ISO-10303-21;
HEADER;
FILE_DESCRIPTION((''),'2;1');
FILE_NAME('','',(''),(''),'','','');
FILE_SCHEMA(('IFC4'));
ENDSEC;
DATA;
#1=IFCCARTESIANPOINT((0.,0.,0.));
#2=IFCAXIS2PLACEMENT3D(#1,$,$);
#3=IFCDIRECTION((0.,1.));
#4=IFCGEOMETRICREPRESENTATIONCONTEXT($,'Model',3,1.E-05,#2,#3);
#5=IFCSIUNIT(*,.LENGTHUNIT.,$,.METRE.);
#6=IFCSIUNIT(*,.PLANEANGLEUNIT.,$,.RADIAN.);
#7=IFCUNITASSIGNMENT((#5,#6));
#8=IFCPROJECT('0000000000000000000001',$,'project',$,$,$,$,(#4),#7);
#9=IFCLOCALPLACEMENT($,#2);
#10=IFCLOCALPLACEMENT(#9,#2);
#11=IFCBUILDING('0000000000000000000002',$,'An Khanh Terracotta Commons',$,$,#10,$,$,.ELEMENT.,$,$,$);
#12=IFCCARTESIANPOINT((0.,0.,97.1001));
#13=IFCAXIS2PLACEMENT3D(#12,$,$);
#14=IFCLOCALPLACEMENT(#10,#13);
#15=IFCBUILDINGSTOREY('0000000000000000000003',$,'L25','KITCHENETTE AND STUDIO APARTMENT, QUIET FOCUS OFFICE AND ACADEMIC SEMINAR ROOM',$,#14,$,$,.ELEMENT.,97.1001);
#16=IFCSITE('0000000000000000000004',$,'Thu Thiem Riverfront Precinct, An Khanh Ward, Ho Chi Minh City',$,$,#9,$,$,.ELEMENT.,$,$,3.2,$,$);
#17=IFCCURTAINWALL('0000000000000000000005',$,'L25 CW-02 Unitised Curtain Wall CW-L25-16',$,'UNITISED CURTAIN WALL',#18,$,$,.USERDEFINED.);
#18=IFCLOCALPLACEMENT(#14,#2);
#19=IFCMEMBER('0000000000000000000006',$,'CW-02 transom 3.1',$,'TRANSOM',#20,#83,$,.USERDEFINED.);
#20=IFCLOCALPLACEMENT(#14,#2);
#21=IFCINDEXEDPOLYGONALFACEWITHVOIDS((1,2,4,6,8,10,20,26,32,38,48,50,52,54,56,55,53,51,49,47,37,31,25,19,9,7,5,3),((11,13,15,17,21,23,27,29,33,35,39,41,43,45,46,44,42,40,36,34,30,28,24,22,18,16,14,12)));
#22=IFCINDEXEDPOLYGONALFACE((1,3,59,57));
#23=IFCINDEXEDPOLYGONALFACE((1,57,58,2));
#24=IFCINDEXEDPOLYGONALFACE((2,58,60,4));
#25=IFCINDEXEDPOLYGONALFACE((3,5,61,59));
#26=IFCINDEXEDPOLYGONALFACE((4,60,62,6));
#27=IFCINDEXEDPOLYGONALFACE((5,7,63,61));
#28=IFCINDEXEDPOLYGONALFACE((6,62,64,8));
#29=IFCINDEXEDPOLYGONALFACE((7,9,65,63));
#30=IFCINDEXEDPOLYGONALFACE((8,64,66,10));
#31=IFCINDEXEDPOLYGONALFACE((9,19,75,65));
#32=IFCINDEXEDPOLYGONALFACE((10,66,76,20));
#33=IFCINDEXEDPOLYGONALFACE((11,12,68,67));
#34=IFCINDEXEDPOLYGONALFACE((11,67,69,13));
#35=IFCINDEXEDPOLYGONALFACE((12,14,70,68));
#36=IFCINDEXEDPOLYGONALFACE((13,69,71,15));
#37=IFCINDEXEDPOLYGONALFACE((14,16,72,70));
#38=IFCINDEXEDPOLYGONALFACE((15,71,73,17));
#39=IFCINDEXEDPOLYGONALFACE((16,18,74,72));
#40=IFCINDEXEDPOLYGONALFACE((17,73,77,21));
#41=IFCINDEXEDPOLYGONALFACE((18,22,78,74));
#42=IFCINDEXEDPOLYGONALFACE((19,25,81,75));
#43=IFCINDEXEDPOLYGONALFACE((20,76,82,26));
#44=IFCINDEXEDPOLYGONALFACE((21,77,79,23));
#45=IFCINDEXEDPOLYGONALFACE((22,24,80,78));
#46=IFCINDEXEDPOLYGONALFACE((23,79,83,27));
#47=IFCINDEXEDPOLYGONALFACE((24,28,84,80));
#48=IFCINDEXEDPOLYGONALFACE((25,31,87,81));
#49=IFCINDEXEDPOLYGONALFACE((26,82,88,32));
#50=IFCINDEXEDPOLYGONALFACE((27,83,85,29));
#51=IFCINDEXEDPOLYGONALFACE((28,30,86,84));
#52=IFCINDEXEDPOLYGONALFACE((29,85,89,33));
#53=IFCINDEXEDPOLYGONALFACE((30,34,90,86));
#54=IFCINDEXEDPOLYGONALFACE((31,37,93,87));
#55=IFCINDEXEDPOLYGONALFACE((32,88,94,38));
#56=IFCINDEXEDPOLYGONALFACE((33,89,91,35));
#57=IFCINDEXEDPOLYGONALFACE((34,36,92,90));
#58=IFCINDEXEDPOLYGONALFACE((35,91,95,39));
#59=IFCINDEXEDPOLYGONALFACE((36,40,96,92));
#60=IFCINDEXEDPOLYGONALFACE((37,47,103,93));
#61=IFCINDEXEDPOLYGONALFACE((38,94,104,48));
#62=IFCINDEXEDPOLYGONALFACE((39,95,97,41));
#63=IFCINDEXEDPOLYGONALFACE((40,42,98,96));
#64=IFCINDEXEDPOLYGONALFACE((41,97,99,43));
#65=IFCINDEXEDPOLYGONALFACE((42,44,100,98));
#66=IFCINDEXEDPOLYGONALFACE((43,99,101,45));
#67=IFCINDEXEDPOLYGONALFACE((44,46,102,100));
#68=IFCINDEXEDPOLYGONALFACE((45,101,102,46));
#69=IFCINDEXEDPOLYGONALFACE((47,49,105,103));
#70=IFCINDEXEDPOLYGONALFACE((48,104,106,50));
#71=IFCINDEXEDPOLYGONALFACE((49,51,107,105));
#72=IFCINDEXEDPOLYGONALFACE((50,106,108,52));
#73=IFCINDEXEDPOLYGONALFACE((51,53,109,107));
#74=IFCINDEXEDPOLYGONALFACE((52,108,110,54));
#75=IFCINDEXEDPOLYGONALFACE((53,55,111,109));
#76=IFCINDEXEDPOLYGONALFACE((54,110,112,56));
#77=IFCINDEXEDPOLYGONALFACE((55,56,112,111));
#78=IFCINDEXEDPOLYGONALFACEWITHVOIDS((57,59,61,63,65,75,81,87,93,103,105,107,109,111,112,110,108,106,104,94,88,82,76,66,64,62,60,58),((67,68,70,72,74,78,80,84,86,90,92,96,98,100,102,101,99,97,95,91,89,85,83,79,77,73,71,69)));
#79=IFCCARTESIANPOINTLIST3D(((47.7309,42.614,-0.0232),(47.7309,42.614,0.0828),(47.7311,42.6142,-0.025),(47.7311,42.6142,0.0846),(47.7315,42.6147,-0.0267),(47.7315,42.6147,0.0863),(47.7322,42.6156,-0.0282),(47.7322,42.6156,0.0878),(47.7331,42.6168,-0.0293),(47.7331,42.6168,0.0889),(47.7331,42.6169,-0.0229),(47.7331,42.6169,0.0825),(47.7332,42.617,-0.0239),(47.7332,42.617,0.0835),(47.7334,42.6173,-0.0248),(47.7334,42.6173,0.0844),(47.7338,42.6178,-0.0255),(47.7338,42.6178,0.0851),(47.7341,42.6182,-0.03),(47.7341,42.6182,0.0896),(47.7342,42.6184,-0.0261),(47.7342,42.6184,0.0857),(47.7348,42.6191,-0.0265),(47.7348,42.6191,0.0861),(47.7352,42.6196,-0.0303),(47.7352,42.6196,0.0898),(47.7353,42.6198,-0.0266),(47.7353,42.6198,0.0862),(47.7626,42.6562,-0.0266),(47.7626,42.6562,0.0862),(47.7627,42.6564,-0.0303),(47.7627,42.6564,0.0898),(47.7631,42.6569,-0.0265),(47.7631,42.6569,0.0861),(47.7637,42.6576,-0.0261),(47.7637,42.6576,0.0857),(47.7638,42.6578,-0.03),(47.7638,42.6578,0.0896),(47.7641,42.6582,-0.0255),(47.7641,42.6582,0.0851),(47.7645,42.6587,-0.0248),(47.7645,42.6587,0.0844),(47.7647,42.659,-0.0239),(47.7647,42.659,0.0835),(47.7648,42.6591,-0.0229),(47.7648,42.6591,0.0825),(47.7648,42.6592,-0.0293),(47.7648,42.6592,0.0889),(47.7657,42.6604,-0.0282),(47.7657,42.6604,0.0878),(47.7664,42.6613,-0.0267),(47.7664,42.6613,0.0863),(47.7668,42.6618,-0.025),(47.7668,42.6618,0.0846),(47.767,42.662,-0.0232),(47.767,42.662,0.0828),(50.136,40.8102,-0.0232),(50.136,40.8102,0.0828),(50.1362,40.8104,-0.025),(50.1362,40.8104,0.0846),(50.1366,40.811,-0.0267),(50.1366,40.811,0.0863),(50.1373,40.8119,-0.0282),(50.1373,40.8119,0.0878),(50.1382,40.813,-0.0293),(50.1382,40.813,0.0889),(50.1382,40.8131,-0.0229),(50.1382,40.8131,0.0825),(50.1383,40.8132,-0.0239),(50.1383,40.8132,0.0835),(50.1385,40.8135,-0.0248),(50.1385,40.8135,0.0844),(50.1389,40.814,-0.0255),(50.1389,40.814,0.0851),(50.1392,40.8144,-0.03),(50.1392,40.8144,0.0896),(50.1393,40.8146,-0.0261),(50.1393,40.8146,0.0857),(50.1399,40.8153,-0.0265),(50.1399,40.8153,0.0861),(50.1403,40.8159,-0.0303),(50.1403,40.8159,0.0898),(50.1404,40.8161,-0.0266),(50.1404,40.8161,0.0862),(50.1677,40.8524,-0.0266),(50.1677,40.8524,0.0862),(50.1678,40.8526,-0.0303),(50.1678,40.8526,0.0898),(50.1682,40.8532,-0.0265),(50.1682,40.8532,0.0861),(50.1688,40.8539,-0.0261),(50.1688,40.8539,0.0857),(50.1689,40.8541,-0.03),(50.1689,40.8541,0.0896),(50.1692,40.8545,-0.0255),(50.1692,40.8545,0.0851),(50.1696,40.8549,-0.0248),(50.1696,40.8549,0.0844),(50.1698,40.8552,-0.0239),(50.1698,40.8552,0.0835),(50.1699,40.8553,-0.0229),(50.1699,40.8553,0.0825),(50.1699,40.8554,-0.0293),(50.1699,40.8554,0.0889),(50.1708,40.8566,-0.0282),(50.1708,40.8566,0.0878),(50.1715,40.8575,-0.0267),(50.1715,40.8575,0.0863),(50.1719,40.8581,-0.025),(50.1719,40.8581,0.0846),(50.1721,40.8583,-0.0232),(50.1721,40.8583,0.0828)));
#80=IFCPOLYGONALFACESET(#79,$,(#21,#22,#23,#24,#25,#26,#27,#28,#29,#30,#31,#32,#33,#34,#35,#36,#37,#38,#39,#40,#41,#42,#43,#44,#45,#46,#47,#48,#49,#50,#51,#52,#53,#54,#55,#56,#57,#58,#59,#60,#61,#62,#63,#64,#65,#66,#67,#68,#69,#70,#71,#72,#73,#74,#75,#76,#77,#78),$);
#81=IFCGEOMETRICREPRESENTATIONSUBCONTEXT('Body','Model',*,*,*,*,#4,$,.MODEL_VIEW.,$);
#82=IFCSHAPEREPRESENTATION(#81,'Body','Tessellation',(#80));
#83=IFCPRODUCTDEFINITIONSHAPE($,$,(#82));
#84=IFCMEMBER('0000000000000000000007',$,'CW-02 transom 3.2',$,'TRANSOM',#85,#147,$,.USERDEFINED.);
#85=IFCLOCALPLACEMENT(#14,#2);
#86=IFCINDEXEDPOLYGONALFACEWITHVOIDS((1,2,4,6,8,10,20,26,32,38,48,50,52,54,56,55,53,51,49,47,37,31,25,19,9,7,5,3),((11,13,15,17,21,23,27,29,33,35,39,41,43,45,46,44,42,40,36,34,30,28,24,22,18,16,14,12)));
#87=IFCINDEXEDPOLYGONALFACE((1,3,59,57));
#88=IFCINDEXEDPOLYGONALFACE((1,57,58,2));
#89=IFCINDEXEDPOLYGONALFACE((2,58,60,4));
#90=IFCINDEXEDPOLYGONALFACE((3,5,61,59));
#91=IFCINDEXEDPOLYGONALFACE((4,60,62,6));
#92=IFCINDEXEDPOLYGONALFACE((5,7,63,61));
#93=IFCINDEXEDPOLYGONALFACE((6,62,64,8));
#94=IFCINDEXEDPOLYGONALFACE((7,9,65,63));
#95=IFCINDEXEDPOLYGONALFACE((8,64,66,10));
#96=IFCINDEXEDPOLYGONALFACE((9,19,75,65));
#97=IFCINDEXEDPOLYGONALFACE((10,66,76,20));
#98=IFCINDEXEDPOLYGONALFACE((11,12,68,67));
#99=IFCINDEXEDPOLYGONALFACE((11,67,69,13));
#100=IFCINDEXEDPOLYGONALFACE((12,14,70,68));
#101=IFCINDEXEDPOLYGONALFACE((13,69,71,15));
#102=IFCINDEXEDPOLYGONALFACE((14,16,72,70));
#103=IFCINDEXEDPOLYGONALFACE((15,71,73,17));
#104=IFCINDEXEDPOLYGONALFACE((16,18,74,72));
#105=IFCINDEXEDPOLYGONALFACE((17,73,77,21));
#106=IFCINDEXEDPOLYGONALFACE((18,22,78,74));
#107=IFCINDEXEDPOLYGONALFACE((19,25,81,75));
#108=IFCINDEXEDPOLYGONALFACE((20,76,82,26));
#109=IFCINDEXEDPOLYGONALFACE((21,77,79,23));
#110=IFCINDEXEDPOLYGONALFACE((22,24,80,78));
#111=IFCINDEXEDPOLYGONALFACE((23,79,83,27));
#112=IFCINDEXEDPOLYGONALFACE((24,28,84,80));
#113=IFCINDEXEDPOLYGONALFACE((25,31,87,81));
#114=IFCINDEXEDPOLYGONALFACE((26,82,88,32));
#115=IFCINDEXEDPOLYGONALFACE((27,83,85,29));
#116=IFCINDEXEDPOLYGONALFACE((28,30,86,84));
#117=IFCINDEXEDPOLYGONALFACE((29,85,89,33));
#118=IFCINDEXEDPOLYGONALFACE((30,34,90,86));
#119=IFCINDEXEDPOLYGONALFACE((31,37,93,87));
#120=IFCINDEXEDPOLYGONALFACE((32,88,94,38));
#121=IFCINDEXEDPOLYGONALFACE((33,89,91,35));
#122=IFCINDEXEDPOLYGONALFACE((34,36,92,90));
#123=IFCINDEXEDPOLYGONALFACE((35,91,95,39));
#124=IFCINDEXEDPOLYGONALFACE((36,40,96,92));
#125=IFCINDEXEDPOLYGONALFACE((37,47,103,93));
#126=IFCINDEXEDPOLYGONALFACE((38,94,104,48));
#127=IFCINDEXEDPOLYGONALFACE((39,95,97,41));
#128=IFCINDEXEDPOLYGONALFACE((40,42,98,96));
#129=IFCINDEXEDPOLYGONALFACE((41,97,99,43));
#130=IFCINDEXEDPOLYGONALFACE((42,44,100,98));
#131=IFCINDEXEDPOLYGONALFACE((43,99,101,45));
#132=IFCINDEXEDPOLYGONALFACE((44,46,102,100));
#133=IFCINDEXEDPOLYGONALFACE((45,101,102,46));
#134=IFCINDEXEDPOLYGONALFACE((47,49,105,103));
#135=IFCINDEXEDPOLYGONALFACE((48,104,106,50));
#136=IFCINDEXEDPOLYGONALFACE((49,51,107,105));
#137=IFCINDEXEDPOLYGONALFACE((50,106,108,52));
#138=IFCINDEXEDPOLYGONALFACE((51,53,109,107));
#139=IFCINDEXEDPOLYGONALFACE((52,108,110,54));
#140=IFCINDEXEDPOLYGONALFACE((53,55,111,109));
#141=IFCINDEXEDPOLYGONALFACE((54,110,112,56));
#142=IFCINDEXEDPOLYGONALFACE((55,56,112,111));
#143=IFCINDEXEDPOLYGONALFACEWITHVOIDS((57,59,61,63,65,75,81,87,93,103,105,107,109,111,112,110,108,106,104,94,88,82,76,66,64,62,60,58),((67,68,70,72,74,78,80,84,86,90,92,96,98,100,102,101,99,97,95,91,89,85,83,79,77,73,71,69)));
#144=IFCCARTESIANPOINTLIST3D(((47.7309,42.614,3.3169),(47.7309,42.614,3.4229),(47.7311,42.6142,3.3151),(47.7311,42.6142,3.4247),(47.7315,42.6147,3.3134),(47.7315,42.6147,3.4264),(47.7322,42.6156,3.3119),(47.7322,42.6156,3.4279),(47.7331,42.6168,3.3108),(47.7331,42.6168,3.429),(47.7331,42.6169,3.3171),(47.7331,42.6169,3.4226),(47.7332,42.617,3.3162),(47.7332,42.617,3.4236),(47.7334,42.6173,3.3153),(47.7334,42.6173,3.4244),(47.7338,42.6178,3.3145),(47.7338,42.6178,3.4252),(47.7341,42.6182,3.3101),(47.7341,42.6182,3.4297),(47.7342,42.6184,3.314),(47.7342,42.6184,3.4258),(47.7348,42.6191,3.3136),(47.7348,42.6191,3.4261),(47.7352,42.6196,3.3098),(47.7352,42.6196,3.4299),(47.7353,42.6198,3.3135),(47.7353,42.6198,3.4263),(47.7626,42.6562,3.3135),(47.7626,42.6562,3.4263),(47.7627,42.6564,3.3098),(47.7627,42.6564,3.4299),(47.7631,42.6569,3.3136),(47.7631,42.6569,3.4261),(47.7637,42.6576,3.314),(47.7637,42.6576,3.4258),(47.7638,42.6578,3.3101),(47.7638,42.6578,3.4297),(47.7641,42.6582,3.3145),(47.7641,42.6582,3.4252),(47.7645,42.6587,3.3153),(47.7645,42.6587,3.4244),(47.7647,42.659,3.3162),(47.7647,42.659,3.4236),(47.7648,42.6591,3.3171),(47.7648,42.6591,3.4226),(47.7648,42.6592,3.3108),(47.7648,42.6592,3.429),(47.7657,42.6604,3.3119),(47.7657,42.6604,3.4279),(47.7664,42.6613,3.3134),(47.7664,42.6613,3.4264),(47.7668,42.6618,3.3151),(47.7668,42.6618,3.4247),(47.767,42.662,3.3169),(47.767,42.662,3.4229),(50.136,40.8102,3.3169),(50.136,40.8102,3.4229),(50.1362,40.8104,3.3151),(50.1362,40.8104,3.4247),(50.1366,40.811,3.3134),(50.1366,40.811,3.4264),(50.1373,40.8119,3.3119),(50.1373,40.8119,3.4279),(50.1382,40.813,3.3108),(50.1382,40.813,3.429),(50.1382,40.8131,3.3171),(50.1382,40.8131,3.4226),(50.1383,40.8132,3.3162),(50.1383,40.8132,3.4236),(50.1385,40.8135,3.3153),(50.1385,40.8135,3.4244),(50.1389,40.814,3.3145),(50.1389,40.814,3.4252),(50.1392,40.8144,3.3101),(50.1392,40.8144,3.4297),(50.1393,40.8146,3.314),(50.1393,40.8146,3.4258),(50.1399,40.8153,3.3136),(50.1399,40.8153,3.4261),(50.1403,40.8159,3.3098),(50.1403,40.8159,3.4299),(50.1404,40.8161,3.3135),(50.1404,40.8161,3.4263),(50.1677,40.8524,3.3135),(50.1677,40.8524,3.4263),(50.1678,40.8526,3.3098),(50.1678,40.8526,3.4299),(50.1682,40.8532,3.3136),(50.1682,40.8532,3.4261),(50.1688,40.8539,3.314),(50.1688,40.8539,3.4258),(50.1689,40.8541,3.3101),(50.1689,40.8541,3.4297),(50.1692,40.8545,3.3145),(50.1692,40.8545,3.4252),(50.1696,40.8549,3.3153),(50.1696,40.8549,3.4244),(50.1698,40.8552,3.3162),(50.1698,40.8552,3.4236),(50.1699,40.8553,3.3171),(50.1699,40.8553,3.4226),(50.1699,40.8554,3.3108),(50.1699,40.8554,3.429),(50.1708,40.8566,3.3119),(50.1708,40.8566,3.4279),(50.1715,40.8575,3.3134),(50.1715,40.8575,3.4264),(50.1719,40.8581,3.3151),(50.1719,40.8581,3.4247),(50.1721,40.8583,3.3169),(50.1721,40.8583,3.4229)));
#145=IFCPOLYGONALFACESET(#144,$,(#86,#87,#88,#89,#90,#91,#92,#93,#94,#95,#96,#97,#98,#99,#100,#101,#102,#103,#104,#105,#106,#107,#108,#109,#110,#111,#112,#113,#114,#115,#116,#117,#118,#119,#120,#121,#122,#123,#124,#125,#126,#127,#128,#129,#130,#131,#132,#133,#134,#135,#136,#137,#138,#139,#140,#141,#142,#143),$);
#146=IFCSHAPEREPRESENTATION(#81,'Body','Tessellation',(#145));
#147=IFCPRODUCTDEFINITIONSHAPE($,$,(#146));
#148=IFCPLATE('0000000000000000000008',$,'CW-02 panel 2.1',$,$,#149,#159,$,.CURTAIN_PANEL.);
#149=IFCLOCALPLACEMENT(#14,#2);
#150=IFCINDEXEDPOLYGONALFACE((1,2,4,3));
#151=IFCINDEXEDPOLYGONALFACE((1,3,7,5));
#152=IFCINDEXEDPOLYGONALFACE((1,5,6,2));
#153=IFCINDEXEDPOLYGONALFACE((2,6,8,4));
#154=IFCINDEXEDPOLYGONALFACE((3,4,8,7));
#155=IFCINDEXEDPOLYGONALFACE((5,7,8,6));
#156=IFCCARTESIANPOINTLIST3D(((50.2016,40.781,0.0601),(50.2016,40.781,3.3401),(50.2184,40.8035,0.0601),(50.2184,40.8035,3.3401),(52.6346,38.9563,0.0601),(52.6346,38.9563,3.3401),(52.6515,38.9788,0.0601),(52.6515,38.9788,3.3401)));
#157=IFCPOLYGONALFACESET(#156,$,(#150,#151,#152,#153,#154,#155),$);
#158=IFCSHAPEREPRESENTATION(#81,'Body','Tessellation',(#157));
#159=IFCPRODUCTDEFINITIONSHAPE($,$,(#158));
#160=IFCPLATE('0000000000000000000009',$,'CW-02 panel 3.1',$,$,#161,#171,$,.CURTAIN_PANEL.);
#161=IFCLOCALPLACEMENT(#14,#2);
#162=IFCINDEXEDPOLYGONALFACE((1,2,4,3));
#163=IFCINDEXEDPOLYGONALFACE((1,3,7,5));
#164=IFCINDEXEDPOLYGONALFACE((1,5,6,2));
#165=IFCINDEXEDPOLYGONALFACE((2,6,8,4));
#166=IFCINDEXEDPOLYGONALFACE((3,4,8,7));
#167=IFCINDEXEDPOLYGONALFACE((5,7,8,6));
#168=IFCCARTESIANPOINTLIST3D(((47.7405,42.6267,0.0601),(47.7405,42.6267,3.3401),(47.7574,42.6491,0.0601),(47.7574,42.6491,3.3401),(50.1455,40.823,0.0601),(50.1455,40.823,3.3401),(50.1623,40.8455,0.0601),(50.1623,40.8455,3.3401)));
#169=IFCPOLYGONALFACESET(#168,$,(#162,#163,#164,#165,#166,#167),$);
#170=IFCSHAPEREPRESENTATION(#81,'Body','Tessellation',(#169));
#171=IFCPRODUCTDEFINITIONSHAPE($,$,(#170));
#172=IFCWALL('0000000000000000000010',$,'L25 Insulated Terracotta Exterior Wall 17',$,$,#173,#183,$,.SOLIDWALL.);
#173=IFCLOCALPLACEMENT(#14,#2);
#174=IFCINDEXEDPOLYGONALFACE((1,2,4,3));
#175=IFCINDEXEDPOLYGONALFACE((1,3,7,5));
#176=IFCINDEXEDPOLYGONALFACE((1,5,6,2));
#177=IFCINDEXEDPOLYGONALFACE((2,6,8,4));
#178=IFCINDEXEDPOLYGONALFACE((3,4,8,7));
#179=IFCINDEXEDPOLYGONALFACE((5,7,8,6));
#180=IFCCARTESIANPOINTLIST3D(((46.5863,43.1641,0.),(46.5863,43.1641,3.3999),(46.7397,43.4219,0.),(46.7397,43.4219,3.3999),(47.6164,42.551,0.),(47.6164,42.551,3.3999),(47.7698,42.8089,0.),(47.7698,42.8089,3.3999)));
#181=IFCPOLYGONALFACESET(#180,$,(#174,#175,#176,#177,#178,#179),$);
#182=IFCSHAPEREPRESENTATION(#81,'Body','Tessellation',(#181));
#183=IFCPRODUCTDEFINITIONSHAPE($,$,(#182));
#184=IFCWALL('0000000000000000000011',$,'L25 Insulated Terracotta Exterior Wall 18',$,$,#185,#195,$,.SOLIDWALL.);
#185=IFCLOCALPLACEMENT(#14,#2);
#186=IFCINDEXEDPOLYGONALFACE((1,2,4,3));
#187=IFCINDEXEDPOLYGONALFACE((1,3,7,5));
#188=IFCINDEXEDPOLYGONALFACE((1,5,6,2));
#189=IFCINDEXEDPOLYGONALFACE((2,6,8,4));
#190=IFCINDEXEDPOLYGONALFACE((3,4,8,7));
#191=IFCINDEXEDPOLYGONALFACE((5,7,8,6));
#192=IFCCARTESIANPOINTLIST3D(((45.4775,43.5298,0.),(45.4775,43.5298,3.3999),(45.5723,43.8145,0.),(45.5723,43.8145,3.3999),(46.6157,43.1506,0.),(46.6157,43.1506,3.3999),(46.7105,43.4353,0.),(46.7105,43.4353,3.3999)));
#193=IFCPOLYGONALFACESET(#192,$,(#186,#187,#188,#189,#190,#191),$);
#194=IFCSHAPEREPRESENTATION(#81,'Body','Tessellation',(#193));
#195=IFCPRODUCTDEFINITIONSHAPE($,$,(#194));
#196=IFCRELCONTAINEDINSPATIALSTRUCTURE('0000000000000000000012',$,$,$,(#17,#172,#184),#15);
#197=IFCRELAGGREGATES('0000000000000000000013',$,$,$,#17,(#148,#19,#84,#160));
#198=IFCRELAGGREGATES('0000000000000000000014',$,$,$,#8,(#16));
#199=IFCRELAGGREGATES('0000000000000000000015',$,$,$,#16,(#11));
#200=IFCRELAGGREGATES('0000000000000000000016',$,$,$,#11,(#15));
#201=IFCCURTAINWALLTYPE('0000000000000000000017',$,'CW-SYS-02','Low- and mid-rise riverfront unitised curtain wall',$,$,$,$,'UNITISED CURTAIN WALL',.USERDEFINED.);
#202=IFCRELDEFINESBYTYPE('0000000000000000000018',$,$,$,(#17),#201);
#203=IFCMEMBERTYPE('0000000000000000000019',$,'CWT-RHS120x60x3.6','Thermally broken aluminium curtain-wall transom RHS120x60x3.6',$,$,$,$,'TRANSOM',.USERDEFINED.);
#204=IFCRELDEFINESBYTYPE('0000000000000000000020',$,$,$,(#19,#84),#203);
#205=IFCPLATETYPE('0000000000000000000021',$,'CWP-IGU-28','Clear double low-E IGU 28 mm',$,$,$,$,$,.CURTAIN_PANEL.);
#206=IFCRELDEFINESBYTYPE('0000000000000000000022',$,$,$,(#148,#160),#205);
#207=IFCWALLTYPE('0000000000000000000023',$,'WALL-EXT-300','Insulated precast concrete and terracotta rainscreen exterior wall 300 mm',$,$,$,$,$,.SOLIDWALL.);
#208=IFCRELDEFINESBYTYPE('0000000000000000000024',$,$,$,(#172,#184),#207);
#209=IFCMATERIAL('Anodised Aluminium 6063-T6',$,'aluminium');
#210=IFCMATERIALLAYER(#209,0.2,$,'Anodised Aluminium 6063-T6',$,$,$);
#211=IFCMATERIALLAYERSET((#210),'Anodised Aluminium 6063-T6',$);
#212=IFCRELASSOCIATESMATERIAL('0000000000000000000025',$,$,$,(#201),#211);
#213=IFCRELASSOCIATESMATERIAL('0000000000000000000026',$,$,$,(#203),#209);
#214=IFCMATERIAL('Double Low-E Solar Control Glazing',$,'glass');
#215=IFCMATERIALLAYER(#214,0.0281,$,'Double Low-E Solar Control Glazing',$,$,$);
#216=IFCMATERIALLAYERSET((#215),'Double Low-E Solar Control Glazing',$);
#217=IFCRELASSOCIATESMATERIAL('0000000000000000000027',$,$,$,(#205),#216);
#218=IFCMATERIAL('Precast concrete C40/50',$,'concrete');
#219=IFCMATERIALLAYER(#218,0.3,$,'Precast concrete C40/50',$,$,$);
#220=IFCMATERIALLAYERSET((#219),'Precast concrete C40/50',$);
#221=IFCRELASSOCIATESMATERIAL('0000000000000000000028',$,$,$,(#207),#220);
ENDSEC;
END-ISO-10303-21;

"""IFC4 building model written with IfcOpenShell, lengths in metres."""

from ifc_helpers import new_model, si_unit, direction, frame, frame_2d, origin, origin_2d, place, context, subcontext, project, spatial, rectangle, hollow_rectangle, extrude, material, layer, layer_set, material_profile, profile_set, type_object, element, aggregate, save


model = new_model("IFC4")

# Units and contexts
model_context = context("Model", 3, precision=1e-05, world=origin(), true_north=direction((0.0, 1.0)))
body_context = subcontext(model_context, "Body", "Model", "MODEL_VIEW")
ifc_project = project(units=[si_unit("LENGTHUNIT", "METRE"), si_unit("PLANEANGLEUNIT", "RADIAN")], contexts=[model_context])

# Site, building, storey
site_placement = place(None, origin())
site = spatial("IfcSite", under=ifc_project, at=site_placement, Name="Thu Thiem Riverfront Precinct, An Khanh Ward, Ho Chi Minh City", CompositionType="ELEMENT", RefElevation=3.2)
building_placement = place(site_placement, origin())
building = spatial("IfcBuilding", under=site, at=building_placement, Name="An Khanh Terracotta Commons", CompositionType="ELEMENT")
storey_placement = place(building_placement, frame((0.0, 0.0, 97.1001)))
storey = spatial("IfcBuildingStorey", under=building, at=storey_placement, Name="L25", Description="KITCHENETTE AND STUDIO APARTMENT, QUIET FOCUS OFFICE AND ACADEMIC SEMINAR ROOM", CompositionType="ELEMENT", Elevation=97.1001)

# Curtain wall, members, plates
ifc_material_1 = material(Name="Anodised Aluminium 6063-T6", Category="aluminium")
ifc_layer_1 = layer(ifc_material_1, 0.2, Name="Anodised Aluminium 6063-T6")
ifc_layer_set_1 = layer_set([ifc_layer_1], Name="Anodised Aluminium 6063-T6")
curtain_wall_type = type_object("IfcCurtainWallType", Name="CW-SYS-02", Description="Low- and mid-rise riverfront unitised curtain wall", ElementType="UNITISED CURTAIN WALL", PredefinedType="USERDEFINED", material=ifc_layer_set_1)
curtain_wall_placement = place(storey_placement, origin())
curtain_wall = element("IfcCurtainWall", 1, at=curtain_wall_placement, inside=storey, type_object=curtain_wall_type, Name="L25 CW-02 Unitised Curtain Wall CW-L25-16", ObjectType="UNITISED CURTAIN WALL", PredefinedType="USERDEFINED")
ifc_material_profile_1 = material_profile(ifc_material_1, hollow_rectangle(XDim=0.0601, YDim=0.1201, WallThickness=0.0037, InnerFilletRadius=0.0037, OuterFilletRadius=0.0071, at=origin_2d()), Name="RHS120x60x3.6")
ifc_profile_set_1 = profile_set([ifc_material_profile_1], Name="Anodised Aluminium 6063-T6")
member_type_1 = type_object("IfcMemberType", Name="CWT-RHS120x60x3.6", Description="Thermally broken aluminium curtain-wall transom RHS120x60x3.6", ElementType="TRANSOM", PredefinedType="USERDEFINED", material=ifc_profile_set_1)
member_1_placement = place(storey_placement, frame((50.1541, 40.8342, 0.0298), z_axis=(-0.80001, 0.599987, 0.0), x_axis=(-0.599987, -0.80001, 0.0)))
member_1 = element("IfcMember", 2, at=member_1_placement, type_object=member_type_1, Name="CW-02 transom 3.1", ObjectType="TRANSOM", PredefinedType="USERDEFINED", context=body_context, shape_type="SweptSolid", body=[
    extrude(hollow_rectangle(XDim=0.0601, YDim=0.1201, WallThickness=0.0037, InnerFilletRadius=0.0037, OuterFilletRadius=0.0071, at=origin_2d()), origin(), (0.0, 0.0, 1.0), 3.0063),
])
member_2_placement = place(storey_placement, frame((50.1541, 40.8342, 3.3699), z_axis=(-0.80001, 0.599987, 0.0), x_axis=(-0.599987, -0.80001, 0.0)))
member_2 = element("IfcMember", 3, at=member_2_placement, type_object=member_type_1, Name="CW-02 transom 3.2", ObjectType="TRANSOM", PredefinedType="USERDEFINED", context=body_context, shape_type="SweptSolid", body=[
    extrude(hollow_rectangle(XDim=0.0601, YDim=0.1201, WallThickness=0.0037, InnerFilletRadius=0.0037, OuterFilletRadius=0.0071, at=origin_2d()), origin(), (0.0, 0.0, 1.0), 3.0063),
])
ifc_material_2 = material(Name="Double Low-E Solar Control Glazing", Category="glass")
ifc_layer_2 = layer(ifc_material_2, 0.0281, Name="Double Low-E Solar Control Glazing")
ifc_layer_set_2 = layer_set([ifc_layer_2], Name="Double Low-E Solar Control Glazing")
plate_type = type_object("IfcPlateType", Name="CWP-IGU-28", Description="Clear double low-E IGU 28 mm", PredefinedType="CURTAIN_PANEL", material=ifc_layer_set_2)
plate_1_placement = place(storey_placement, frame((51.4265, 39.8799, 0.0601), z_axis=(0.0, 0.0, 1.0), x_axis=(-0.800013, 0.599983, 0.0)))
plate_1 = element("IfcPlate", 4, at=plate_1_placement, type_object=plate_type, Name="CW-02 panel 2.1", PredefinedType="CURTAIN_PANEL", context=body_context, shape_type="SweptSolid", body=[
    extrude(rectangle(XDim=3.0413, YDim=0.0281, at=origin_2d()), origin(), (0.0, 0.0, 1.0), 3.28),
])
plate_2_placement = place(storey_placement, frame((48.9514, 41.7361, 0.0601), z_axis=(0.0, 0.0, 1.0), x_axis=(-0.800013, 0.599983, 0.0)))
plate_2 = element("IfcPlate", 5, at=plate_2_placement, type_object=plate_type, Name="CW-02 panel 3.1", PredefinedType="CURTAIN_PANEL", context=body_context, shape_type="SweptSolid", body=[
    extrude(rectangle(XDim=3.0061, YDim=0.0281, at=origin_2d()), origin(), (0.0, 0.0, 1.0), 3.28),
])
aggregate(curtain_wall, [plate_1, member_1, member_2, plate_2])

# Walls
ifc_material_3 = material(Name="Precast concrete C40/50", Category="concrete")
ifc_layer_3 = layer(ifc_material_3, 0.3, Name="Precast concrete C40/50")
ifc_layer_set_3 = layer_set([ifc_layer_3], Name="Precast concrete C40/50")
wall_type_1 = type_object("IfcWallType", Name="WALL-EXT-300", Description="Insulated precast concrete and terracotta rainscreen exterior wall 300 mm", PredefinedType="SOLIDWALL", material=ifc_layer_set_3)
wall_1_placement = place(storey_placement, frame((47.6931, 42.6799, 0.0), z_axis=(0.0, 0.0, 1.0), x_axis=(-0.859321, 0.511437, 0.0)))
element("IfcWall", 6, at=wall_1_placement, inside=storey, type_object=wall_type_1, Name="L25 Insulated Terracotta Exterior Wall 17", PredefinedType="SOLIDWALL", context=body_context, shape_type="SweptSolid", body=[
    extrude(rectangle(XDim=1.1987, YDim=0.3, at=frame_2d((0.5994, 0.0))), origin(), (0.0, 0.0, 1.0), 3.3999),
])
wall_2_placement = place(storey_placement, frame((46.6631, 43.293, 0.0), z_axis=(0.0, 0.0, 1.0), x_axis=(-0.948744, 0.316045, 0.0)))
element("IfcWall", 7, at=wall_2_placement, inside=storey, type_object=wall_type_1, Name="L25 Insulated Terracotta Exterior Wall 18", PredefinedType="SOLIDWALL", context=body_context, shape_type="SweptSolid", body=[
    extrude(rectangle(XDim=1.1997, YDim=0.3, at=frame_2d((0.5999, 0.0))), origin(), (0.0, 0.0, 1.0), 3.3999),
])

save(model, "model.ifc")
